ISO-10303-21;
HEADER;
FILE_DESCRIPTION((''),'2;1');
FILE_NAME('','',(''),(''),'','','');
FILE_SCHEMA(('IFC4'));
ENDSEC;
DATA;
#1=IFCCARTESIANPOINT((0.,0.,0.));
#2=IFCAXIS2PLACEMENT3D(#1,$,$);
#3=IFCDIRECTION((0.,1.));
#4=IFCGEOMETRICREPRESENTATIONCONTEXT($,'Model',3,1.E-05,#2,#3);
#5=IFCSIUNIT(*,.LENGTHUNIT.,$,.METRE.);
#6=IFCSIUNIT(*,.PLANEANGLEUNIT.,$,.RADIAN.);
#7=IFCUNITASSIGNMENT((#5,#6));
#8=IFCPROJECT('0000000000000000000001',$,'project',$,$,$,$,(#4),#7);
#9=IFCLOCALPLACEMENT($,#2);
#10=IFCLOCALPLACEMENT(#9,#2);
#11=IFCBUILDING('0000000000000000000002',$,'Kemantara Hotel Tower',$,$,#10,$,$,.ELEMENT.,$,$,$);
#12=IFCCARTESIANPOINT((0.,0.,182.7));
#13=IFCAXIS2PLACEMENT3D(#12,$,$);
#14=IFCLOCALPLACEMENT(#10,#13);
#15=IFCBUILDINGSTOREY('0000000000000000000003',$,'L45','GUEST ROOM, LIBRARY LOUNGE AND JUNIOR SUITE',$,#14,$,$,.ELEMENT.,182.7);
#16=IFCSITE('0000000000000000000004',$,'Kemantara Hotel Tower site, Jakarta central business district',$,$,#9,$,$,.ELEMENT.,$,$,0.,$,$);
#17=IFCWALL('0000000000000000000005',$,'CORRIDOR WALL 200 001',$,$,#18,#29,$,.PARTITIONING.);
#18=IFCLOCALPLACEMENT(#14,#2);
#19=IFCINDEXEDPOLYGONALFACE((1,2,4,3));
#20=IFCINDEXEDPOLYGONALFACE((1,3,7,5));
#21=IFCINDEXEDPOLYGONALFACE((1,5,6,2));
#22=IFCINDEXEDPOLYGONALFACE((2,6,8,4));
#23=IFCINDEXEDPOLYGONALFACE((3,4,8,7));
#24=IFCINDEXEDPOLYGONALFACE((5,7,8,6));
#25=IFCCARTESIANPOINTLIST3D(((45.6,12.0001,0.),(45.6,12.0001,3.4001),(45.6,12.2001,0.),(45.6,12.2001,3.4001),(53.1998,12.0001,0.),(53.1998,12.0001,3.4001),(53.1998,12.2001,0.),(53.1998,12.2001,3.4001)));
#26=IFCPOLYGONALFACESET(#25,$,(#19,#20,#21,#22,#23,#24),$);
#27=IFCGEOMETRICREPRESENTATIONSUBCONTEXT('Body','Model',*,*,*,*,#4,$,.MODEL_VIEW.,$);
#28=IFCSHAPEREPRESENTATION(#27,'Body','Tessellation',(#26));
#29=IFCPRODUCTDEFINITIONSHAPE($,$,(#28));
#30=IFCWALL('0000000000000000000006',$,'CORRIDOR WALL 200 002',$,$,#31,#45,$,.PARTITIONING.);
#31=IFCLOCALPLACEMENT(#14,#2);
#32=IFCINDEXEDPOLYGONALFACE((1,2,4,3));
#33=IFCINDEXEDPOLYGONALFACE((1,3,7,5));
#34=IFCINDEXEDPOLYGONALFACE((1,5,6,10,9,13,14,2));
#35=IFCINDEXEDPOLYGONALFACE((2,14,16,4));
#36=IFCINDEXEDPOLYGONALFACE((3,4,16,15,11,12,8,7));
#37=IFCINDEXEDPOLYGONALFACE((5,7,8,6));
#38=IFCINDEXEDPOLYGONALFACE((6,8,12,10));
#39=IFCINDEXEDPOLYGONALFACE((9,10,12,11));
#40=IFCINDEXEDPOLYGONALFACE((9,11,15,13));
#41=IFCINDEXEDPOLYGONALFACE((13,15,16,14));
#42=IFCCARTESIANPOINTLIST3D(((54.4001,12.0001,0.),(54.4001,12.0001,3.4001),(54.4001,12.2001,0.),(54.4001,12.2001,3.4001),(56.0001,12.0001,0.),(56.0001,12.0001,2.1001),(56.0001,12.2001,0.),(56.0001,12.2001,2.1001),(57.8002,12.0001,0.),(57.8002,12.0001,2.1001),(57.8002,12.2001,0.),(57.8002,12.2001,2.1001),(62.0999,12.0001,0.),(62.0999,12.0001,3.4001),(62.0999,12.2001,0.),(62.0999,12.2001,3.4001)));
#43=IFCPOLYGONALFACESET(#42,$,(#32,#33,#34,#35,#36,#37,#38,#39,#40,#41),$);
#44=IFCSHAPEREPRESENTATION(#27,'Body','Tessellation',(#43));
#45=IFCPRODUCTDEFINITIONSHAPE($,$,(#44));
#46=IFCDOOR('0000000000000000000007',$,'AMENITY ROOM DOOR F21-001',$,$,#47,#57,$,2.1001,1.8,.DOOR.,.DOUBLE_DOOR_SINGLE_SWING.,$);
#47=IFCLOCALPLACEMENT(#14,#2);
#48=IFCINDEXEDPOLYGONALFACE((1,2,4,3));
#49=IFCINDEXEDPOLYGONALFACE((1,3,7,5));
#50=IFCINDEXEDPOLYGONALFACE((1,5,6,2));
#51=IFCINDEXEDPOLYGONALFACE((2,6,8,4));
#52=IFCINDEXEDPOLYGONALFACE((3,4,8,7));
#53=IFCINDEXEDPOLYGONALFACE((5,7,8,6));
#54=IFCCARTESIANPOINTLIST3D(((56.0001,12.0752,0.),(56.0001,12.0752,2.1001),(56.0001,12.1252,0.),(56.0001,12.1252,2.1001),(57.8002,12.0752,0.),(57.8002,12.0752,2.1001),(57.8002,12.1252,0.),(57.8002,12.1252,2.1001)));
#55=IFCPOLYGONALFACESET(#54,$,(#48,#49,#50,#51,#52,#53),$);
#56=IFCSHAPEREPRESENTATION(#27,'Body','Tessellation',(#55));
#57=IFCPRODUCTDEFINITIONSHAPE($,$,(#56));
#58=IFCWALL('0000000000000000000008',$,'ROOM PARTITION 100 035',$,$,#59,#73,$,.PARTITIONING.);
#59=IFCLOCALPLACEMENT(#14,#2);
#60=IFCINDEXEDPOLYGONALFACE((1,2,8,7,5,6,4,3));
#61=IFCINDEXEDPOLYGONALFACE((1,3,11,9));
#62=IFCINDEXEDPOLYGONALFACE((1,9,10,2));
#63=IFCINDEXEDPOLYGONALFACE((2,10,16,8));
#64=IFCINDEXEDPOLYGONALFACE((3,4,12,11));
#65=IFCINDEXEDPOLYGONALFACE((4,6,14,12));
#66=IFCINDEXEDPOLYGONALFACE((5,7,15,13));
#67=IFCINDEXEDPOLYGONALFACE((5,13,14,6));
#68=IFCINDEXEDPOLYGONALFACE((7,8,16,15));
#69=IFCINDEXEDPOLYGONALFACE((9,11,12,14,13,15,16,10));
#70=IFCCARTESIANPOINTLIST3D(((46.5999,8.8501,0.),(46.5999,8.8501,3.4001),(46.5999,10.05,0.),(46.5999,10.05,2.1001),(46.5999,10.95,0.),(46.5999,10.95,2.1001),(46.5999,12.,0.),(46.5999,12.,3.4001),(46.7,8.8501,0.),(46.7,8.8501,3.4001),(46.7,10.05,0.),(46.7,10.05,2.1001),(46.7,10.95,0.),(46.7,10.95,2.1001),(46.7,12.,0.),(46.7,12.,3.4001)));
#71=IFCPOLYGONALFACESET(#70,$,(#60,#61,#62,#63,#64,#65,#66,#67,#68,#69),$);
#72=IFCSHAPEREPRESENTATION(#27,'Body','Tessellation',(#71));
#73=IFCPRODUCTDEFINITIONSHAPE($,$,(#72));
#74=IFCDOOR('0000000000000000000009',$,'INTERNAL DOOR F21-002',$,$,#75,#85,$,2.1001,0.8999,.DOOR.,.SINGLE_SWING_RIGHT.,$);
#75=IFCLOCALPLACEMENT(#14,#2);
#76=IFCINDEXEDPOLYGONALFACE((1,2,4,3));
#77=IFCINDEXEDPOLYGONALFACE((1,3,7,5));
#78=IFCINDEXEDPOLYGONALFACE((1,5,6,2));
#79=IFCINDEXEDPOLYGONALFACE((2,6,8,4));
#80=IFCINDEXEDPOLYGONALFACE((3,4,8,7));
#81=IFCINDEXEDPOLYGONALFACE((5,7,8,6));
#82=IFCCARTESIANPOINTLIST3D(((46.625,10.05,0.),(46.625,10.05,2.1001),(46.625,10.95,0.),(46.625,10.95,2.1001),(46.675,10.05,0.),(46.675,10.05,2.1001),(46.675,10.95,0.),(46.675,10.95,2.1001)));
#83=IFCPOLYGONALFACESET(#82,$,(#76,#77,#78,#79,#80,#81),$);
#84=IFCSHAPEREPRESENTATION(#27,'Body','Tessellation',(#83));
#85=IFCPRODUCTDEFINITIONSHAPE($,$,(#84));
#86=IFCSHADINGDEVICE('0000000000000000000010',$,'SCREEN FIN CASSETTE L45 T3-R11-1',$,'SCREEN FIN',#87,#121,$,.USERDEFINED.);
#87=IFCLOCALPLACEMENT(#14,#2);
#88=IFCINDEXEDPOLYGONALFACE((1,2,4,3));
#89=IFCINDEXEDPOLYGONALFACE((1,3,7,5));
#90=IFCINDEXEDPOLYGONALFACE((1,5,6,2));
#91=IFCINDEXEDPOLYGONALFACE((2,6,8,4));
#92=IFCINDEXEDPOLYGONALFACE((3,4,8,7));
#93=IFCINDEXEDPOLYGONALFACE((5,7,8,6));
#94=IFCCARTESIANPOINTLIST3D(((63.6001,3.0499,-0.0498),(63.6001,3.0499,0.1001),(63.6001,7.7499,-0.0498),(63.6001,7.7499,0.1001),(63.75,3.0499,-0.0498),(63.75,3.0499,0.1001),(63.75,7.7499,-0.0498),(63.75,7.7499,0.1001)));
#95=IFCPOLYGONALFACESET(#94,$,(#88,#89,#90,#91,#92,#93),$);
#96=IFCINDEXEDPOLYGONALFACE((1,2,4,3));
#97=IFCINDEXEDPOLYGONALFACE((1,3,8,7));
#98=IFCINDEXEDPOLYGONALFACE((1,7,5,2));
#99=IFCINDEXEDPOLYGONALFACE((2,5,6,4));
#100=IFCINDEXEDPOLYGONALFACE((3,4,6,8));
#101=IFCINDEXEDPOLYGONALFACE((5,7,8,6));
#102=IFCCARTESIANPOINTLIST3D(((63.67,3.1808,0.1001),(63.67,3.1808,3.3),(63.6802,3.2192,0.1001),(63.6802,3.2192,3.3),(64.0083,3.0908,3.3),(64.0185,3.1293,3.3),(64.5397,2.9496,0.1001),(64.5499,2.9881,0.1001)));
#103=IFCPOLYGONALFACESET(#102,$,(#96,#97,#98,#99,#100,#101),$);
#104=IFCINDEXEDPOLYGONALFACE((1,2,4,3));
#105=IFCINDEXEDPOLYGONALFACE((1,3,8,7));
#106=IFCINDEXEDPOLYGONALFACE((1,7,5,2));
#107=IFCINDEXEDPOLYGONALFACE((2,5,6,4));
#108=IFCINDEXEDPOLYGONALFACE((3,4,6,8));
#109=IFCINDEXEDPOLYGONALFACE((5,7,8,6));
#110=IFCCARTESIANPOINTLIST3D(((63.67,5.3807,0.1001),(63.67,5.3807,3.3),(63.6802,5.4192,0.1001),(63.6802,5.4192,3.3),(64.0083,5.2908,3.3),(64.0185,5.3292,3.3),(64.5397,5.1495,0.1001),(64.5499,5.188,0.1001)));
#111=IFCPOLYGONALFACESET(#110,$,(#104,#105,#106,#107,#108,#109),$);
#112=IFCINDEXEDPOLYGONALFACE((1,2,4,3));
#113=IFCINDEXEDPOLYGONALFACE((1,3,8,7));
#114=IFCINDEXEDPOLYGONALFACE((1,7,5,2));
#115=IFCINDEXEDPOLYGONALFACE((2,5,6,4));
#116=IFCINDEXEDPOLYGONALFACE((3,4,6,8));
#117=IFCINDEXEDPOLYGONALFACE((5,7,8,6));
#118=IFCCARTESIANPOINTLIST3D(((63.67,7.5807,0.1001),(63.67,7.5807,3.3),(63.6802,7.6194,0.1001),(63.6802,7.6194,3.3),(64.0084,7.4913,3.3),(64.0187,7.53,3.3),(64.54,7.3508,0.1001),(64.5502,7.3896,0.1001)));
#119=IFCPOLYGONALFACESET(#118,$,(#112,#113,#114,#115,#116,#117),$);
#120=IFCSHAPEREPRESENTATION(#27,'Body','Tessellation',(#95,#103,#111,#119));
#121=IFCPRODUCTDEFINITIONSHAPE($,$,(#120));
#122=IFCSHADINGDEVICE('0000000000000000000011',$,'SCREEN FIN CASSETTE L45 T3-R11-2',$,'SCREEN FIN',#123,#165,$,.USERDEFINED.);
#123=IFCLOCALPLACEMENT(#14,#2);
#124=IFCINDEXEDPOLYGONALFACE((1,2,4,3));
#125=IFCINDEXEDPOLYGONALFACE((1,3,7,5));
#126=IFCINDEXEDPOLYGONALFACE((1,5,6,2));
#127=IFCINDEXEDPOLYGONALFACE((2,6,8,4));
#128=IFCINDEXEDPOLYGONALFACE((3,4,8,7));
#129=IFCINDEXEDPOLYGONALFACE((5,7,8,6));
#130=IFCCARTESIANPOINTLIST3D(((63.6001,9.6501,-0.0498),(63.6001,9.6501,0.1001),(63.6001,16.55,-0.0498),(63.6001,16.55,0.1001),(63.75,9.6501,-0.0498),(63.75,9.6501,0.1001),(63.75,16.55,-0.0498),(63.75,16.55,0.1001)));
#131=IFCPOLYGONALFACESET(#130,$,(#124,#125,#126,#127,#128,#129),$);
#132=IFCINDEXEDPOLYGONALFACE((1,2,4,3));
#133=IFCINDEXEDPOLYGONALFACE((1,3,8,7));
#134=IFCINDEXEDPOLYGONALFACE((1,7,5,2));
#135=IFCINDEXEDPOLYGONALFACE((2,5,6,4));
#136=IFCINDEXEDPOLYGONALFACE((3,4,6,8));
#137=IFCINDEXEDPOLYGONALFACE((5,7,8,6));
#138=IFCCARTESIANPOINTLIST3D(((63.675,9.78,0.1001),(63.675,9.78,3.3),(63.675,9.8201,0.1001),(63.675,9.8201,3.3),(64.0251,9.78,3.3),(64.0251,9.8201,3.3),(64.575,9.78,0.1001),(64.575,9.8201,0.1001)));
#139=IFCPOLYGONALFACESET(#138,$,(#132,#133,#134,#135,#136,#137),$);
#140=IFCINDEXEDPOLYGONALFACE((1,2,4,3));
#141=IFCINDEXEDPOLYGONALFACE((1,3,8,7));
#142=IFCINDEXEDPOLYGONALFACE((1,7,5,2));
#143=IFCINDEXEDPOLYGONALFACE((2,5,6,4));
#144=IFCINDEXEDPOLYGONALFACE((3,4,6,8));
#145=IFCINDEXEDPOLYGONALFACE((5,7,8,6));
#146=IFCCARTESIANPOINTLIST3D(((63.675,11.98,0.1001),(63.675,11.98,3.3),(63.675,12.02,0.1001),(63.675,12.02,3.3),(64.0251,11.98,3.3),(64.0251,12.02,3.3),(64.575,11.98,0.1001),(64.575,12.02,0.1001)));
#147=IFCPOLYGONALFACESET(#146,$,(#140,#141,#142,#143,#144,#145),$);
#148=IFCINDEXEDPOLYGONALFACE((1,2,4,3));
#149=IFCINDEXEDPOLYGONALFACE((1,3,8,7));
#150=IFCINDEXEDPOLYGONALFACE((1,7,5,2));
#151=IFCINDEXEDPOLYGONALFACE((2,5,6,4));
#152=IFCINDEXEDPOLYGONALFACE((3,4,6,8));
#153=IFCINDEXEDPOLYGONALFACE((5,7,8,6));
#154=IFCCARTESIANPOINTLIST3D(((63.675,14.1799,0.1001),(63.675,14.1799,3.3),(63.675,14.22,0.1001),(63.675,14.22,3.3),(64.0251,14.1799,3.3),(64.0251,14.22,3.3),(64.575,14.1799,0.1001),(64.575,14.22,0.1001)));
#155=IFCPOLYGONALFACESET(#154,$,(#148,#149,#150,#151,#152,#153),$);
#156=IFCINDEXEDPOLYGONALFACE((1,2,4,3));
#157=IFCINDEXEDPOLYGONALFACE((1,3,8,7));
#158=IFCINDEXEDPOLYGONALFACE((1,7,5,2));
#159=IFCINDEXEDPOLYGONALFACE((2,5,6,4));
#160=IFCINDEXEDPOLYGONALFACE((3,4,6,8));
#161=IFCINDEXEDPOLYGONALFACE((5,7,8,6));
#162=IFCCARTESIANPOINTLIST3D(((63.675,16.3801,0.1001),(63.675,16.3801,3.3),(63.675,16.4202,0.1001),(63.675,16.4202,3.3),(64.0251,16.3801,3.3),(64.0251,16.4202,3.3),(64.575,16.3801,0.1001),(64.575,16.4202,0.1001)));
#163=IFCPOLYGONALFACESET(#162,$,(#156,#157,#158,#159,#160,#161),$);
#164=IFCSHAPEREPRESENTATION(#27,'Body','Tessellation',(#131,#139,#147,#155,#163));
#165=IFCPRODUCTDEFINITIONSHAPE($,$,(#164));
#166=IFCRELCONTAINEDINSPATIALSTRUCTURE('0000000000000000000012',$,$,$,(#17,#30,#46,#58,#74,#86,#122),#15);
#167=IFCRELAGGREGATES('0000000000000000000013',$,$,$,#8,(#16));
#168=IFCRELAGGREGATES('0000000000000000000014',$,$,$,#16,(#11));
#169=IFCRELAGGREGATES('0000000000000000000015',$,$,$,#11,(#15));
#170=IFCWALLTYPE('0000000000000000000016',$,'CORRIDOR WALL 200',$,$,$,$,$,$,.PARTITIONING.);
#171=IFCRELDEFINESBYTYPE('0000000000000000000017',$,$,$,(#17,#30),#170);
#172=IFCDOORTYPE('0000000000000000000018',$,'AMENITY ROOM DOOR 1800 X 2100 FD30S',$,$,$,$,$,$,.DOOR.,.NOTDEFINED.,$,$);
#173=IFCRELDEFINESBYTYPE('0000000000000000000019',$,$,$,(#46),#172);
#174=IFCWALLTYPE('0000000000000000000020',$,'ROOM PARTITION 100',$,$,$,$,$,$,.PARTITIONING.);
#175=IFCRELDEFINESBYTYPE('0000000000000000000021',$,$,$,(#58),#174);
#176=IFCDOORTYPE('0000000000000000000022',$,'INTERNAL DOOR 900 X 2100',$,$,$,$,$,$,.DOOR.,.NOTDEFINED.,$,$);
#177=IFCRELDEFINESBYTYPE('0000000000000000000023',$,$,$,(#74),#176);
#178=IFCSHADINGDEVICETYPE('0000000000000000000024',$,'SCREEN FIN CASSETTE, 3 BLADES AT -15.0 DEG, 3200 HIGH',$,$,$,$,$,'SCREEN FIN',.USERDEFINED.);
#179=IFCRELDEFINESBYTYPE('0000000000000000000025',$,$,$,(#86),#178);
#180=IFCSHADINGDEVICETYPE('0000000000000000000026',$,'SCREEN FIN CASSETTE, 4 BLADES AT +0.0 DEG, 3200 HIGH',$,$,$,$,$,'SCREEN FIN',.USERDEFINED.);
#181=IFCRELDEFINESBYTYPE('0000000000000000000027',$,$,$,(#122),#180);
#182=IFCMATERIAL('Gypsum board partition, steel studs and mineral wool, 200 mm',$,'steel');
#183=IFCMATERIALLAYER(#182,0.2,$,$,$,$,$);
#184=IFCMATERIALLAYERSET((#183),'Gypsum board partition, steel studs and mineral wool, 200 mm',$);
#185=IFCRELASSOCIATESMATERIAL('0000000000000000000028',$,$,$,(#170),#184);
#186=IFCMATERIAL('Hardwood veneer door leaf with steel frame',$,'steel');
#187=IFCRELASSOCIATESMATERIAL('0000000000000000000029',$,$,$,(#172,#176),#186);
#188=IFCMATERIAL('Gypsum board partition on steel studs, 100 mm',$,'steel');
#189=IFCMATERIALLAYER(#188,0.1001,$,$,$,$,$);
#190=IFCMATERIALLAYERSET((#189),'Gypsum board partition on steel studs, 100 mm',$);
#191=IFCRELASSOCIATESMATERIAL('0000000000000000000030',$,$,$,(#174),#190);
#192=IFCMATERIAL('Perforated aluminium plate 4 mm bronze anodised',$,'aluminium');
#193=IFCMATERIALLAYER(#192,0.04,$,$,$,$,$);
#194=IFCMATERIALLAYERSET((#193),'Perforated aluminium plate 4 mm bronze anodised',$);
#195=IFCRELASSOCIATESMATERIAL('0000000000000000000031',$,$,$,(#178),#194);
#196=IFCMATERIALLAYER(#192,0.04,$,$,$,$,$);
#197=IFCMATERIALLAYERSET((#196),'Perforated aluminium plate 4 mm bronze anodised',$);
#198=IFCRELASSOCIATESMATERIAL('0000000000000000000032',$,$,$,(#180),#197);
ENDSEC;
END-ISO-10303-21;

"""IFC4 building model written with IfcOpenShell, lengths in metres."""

from ifc_helpers import new_model, si_unit, direction, frame, frame_2d, origin, origin_2d, place, context, subcontext, project, spatial, polyline, rectangle, outline, extrude, source, transform, mapped, material, layer, layer_set, type_object, element, fill, save


model = new_model("IFC4")

# Units and contexts
model_context = context("Model", 3, precision=1e-05, world=origin(), true_north=direction((0.0, 1.0)))
body_context = subcontext(model_context, "Body", "Model", "MODEL_VIEW")
ifc_project = project(units=[si_unit("LENGTHUNIT", "METRE"), si_unit("PLANEANGLEUNIT", "RADIAN")], contexts=[model_context])

# Site, building, storey
site_placement = place(None, origin())
site = spatial("IfcSite", under=ifc_project, at=site_placement, Name="Kemantara Hotel Tower site, Jakarta central business district", CompositionType="ELEMENT", RefElevation=0.0)
building_placement = place(site_placement, origin())
building = spatial("IfcBuilding", under=site, at=building_placement, Name="Kemantara Hotel Tower", CompositionType="ELEMENT")
storey_placement = place(building_placement, frame((0.0, 0.0, 182.7)))
storey = spatial("IfcBuildingStorey", under=building, at=storey_placement, Name="L45", Description="GUEST ROOM, LIBRARY LOUNGE AND JUNIOR SUITE", CompositionType="ELEMENT", Elevation=182.7)

# Wall
ifc_material_1 = material(Name="Gypsum board partition, steel studs and mineral wool, 200 mm", Category="steel")
ifc_layer_1 = layer(ifc_material_1, 0.2)
ifc_layer_set_1 = layer_set([ifc_layer_1], Name="Gypsum board partition, steel studs and mineral wool, 200 mm")
wall_type_1 = type_object("IfcWallType", Name="CORRIDOR WALL 200", PredefinedType="PARTITIONING", material=ifc_layer_set_1)
wall_1_placement = place(storey_placement, frame((45.6001, 12.1001, 0.0), z_axis=(0.0, 0.0, 1.0), x_axis=(1.0, 0.0, 0.0)))
element("IfcWall", 1, at=wall_1_placement, inside=storey, type_object=wall_type_1, Name="CORRIDOR WALL 200 001", PredefinedType="PARTITIONING", context=body_context, shape_type="SweptSolid", body=[
    extrude(rectangle(XDim=7.5999, YDim=0.2, at=frame_2d((3.7998, 0.0))), origin(), (0.0, 0.0, 1.0), 3.4001),
])

# Walls, openings, doors
wall_2_placement = place(storey_placement, frame((62.0999, 12.1001, 0.0), z_axis=(0.0, 0.0, 1.0), x_axis=(-1.0, 0.0, 0.0)))
wall_2 = element("IfcWall", 2, at=wall_2_placement, inside=storey, type_object=wall_type_1, Name="CORRIDOR WALL 200 002", PredefinedType="PARTITIONING", context=body_context, shape_type="SweptSolid", body=[
    extrude(rectangle(XDim=7.6997, YDim=0.2, at=frame_2d((3.8499, 0.0))), origin(), (0.0, 0.0, 1.0), 3.4001),
])
opening_1_placement = place(wall_2_placement, frame((4.2998, 0.0, 0.0)))
opening_1 = element("IfcOpeningElement", 3, at=opening_1_placement, cuts=wall_2, PredefinedType="OPENING", context=body_context, shape_type="SweptSolid", body=[
    extrude(rectangle(XDim=1.8, YDim=2.1001, at=frame_2d((0.8999, 1.05))), frame((0.0, 0.1099, 0.0), z_axis=(0.0, -1.0, 0.0), x_axis=(1.0, 0.0, 0.0)), (0.0, 0.0, 1.0), 0.22),
])
ifc_material_2 = material(Name="Hardwood veneer door leaf with steel frame", Category="steel")
door_type_1 = type_object("IfcDoorType", Name="AMENITY ROOM DOOR 1800 X 2100 FD30S", OperationType="NOTDEFINED", PredefinedType="DOOR", material=ifc_material_2)
door_1_placement = place(opening_1_placement, origin())
door_1 = element("IfcDoor", 4, at=door_1_placement, inside=storey, type_object=door_type_1, Name="AMENITY ROOM DOOR F21-001", OperationType="DOUBLE_DOOR_SINGLE_SWING", OverallHeight=2.1001, OverallWidth=1.8, PredefinedType="DOOR", context=body_context, shape_type="SweptSolid", body=[
    extrude(rectangle(XDim=1.8, YDim=2.1001, at=frame_2d((0.8999, 1.05))), frame((0.0, 0.0249, 0.0), z_axis=(0.0, -1.0, 0.0), x_axis=(1.0, 0.0, 0.0)), (0.0, 0.0, 1.0), 0.05),
])
fill(opening_1, door_1)
ifc_material_3 = material(Name="Gypsum board partition on steel studs, 100 mm", Category="steel")
ifc_layer_2 = layer(ifc_material_3, 0.1001)
ifc_layer_set_2 = layer_set([ifc_layer_2], Name="Gypsum board partition on steel studs, 100 mm")
wall_type_2 = type_object("IfcWallType", Name="ROOM PARTITION 100", PredefinedType="PARTITIONING", material=ifc_layer_set_2)
wall_3_placement = place(storey_placement, frame((46.6499, 8.8501, 0.0), z_axis=(0.0, 0.0, 1.0), x_axis=(0.0, 1.0, 0.0)))
wall_3 = element("IfcWall", 5, at=wall_3_placement, inside=storey, type_object=wall_type_2, Name="ROOM PARTITION 100 035", PredefinedType="PARTITIONING", context=body_context, shape_type="SweptSolid", body=[
    extrude(rectangle(XDim=3.1499, YDim=0.1001, at=frame_2d((1.575, 0.0))), origin(), (0.0, 0.0, 1.0), 3.4001),
])
opening_2_placement = place(wall_3_placement, frame((1.2, 0.0, 0.0)))
opening_2 = element("IfcOpeningElement", 6, at=opening_2_placement, cuts=wall_3, PredefinedType="OPENING", context=body_context, shape_type="SweptSolid", body=[
    extrude(rectangle(XDim=0.8999, YDim=2.1001, at=frame_2d((0.45, 1.05))), frame((0.0, 0.0601, 0.0), z_axis=(0.0, -1.0, 0.0), x_axis=(1.0, 0.0, 0.0)), (0.0, 0.0, 1.0), 0.1201),
])
door_type_2 = type_object("IfcDoorType", Name="INTERNAL DOOR 900 X 2100", OperationType="NOTDEFINED", PredefinedType="DOOR", material=ifc_material_2)
door_2_placement = place(opening_2_placement, origin())
door_2 = element("IfcDoor", 7, at=door_2_placement, inside=storey, type_object=door_type_2, Name="INTERNAL DOOR F21-002", OperationType="SINGLE_SWING_RIGHT", OverallHeight=2.1001, OverallWidth=0.8999, PredefinedType="DOOR", context=body_context, shape_type="SweptSolid", body=[
    extrude(rectangle(XDim=0.8999, YDim=2.1001, at=frame_2d((0.45, 1.05))), frame((0.0, 0.0249, 0.0), z_axis=(0.0, -1.0, 0.0), x_axis=(1.0, 0.0, 0.0)), (0.0, 0.0, 1.0), 0.05),
])
fill(opening_2, door_2)

# Shading devices
ifc_material_4 = material(Name="Perforated aluminium plate 4 mm bronze anodised", Category="aluminium")
ifc_layer_3 = layer(ifc_material_4, 0.04)
ifc_layer_set_3 = layer_set([ifc_layer_3], Name="Perforated aluminium plate 4 mm bronze anodised")
shading_device_type_1 = type_object("IfcShadingDeviceType", Name="SCREEN FIN CASSETTE, 3 BLADES AT -15.0 DEG, 3200 HIGH", ElementType="SCREEN FIN", PredefinedType="USERDEFINED", material=ifc_layer_set_3)
shared_shape_1 = source(origin(), body_context, "Body", "SweptSolid", [
    extrude(rectangle(XDim=4.7, YDim=0.1499, at=origin_2d()), frame((2.2, -0.075, -0.1499), z_axis=(0.0, 0.0, 1.0), x_axis=(1.0, 0.0, 0.0)), (0.0, 0.0, 1.0), 0.1499),
    extrude(outline(polyline([(0.0, 0.0), (0.8999, 0.0), (0.3501, 3.2), (0.0, 3.2), (0.0, 0.0)])), frame((0.0193, -0.0801, 0.0), z_axis=(-0.966438, 0.256901, 0.0), x_axis=(-0.256901, -0.966438, 0.0)), (0.0, 0.0, 1.0), 0.0398),
    extrude(outline(polyline([(0.0, 0.0), (0.8999, 0.0), (0.3501, 3.2), (0.0, 3.2), (0.0, 0.0)])), frame((2.2192, -0.0801, 0.0), z_axis=(-0.966438, 0.256901, 0.0), x_axis=(-0.256901, -0.966438, 0.0)), (0.0, 0.0, 1.0), 0.0398),
    extrude(outline(polyline([(0.0, 0.0), (0.8999, 0.0), (0.3501, 3.2), (0.0, 3.2), (0.0, 0.0)])), frame((4.4194, -0.0801, 0.0), z_axis=(-0.966838, 0.255391, 0.0), x_axis=(-0.255391, -0.966838, 0.0)), (0.0, 0.0, 1.0), 0.04),
])
shading_device_1_placement = place(storey_placement, frame((63.6001, 3.2, 0.1001), z_axis=(0.0, 0.0, 1.0), x_axis=(0.0, 1.0, 0.0)))
element("IfcShadingDevice", 8, at=shading_device_1_placement, inside=storey, type_object=shading_device_type_1, Name="SCREEN FIN CASSETTE L45 T3-R11-1", ObjectType="SCREEN FIN", PredefinedType="USERDEFINED", context=body_context, shape_type="MappedRepresentation", body=[
    mapped(shared_shape_1, transform((0.0, 0.0, 0.0))),
])
ifc_layer_4 = layer(ifc_material_4, 0.04)
ifc_layer_set_4 = layer_set([ifc_layer_4], Name="Perforated aluminium plate 4 mm bronze anodised")
shading_device_type_2 = type_object("IfcShadingDeviceType", Name="SCREEN FIN CASSETTE, 4 BLADES AT +0.0 DEG, 3200 HIGH", ElementType="SCREEN FIN", PredefinedType="USERDEFINED", material=ifc_layer_set_4)
shared_shape_2 = source(origin(), body_context, "Body", "SweptSolid", [
    extrude(rectangle(XDim=6.8999, YDim=0.1499, at=origin_2d()), frame((3.3, -0.075, -0.1499), z_axis=(0.0, 0.0, 1.0), x_axis=(1.0, 0.0, 0.0)), (0.0, 0.0, 1.0), 0.1499),
    extrude(outline(polyline([(0.0, 0.0), (0.8999, 0.0), (0.3501, 3.2), (0.0, 3.2), (0.0, 0.0)])), frame((0.02, -0.075, 0.0), z_axis=(-1.0, 0.0, 0.0), x_axis=(0.0, -1.0, 0.0)), (0.0, 0.0, 1.0), 0.04),
    extrude(outline(polyline([(0.0, 0.0), (0.8999, 0.0), (0.3501, 3.2), (0.0, 3.2), (0.0, 0.0)])), frame((2.22, -0.075, 0.0), z_axis=(-1.0, 0.0, 0.0), x_axis=(0.0, -1.0, 0.0)), (0.0, 0.0, 1.0), 0.04),
    extrude(outline(polyline([(0.0, 0.0), (0.8999, 0.0), (0.3501, 3.2), (0.0, 3.2), (0.0, 0.0)])), frame((4.4199, -0.075, 0.0), z_axis=(-1.0, 0.0, 0.0), x_axis=(0.0, -1.0, 0.0)), (0.0, 0.0, 1.0), 0.04),
    extrude(outline(polyline([(0.0, 0.0), (0.8999, 0.0), (0.3501, 3.2), (0.0, 3.2), (0.0, 0.0)])), frame((6.6201, -0.075, 0.0), z_axis=(-1.0, 0.0, 0.0), x_axis=(0.0, -1.0, 0.0)), (0.0, 0.0, 1.0), 0.04),
])
shading_device_2_placement = place(storey_placement, frame((63.6001, 9.8, 0.1001), z_axis=(0.0, 0.0, 1.0), x_axis=(0.0, 1.0, 0.0)))
element("IfcShadingDevice", 9, at=shading_device_2_placement, inside=storey, type_object=shading_device_type_2, Name="SCREEN FIN CASSETTE L45 T3-R11-2", ObjectType="SCREEN FIN", PredefinedType="USERDEFINED", context=body_context, shape_type="MappedRepresentation", body=[
    mapped(shared_shape_2, transform((0.0, 0.0, 0.0))),
])

save(model, "model.ifc")
